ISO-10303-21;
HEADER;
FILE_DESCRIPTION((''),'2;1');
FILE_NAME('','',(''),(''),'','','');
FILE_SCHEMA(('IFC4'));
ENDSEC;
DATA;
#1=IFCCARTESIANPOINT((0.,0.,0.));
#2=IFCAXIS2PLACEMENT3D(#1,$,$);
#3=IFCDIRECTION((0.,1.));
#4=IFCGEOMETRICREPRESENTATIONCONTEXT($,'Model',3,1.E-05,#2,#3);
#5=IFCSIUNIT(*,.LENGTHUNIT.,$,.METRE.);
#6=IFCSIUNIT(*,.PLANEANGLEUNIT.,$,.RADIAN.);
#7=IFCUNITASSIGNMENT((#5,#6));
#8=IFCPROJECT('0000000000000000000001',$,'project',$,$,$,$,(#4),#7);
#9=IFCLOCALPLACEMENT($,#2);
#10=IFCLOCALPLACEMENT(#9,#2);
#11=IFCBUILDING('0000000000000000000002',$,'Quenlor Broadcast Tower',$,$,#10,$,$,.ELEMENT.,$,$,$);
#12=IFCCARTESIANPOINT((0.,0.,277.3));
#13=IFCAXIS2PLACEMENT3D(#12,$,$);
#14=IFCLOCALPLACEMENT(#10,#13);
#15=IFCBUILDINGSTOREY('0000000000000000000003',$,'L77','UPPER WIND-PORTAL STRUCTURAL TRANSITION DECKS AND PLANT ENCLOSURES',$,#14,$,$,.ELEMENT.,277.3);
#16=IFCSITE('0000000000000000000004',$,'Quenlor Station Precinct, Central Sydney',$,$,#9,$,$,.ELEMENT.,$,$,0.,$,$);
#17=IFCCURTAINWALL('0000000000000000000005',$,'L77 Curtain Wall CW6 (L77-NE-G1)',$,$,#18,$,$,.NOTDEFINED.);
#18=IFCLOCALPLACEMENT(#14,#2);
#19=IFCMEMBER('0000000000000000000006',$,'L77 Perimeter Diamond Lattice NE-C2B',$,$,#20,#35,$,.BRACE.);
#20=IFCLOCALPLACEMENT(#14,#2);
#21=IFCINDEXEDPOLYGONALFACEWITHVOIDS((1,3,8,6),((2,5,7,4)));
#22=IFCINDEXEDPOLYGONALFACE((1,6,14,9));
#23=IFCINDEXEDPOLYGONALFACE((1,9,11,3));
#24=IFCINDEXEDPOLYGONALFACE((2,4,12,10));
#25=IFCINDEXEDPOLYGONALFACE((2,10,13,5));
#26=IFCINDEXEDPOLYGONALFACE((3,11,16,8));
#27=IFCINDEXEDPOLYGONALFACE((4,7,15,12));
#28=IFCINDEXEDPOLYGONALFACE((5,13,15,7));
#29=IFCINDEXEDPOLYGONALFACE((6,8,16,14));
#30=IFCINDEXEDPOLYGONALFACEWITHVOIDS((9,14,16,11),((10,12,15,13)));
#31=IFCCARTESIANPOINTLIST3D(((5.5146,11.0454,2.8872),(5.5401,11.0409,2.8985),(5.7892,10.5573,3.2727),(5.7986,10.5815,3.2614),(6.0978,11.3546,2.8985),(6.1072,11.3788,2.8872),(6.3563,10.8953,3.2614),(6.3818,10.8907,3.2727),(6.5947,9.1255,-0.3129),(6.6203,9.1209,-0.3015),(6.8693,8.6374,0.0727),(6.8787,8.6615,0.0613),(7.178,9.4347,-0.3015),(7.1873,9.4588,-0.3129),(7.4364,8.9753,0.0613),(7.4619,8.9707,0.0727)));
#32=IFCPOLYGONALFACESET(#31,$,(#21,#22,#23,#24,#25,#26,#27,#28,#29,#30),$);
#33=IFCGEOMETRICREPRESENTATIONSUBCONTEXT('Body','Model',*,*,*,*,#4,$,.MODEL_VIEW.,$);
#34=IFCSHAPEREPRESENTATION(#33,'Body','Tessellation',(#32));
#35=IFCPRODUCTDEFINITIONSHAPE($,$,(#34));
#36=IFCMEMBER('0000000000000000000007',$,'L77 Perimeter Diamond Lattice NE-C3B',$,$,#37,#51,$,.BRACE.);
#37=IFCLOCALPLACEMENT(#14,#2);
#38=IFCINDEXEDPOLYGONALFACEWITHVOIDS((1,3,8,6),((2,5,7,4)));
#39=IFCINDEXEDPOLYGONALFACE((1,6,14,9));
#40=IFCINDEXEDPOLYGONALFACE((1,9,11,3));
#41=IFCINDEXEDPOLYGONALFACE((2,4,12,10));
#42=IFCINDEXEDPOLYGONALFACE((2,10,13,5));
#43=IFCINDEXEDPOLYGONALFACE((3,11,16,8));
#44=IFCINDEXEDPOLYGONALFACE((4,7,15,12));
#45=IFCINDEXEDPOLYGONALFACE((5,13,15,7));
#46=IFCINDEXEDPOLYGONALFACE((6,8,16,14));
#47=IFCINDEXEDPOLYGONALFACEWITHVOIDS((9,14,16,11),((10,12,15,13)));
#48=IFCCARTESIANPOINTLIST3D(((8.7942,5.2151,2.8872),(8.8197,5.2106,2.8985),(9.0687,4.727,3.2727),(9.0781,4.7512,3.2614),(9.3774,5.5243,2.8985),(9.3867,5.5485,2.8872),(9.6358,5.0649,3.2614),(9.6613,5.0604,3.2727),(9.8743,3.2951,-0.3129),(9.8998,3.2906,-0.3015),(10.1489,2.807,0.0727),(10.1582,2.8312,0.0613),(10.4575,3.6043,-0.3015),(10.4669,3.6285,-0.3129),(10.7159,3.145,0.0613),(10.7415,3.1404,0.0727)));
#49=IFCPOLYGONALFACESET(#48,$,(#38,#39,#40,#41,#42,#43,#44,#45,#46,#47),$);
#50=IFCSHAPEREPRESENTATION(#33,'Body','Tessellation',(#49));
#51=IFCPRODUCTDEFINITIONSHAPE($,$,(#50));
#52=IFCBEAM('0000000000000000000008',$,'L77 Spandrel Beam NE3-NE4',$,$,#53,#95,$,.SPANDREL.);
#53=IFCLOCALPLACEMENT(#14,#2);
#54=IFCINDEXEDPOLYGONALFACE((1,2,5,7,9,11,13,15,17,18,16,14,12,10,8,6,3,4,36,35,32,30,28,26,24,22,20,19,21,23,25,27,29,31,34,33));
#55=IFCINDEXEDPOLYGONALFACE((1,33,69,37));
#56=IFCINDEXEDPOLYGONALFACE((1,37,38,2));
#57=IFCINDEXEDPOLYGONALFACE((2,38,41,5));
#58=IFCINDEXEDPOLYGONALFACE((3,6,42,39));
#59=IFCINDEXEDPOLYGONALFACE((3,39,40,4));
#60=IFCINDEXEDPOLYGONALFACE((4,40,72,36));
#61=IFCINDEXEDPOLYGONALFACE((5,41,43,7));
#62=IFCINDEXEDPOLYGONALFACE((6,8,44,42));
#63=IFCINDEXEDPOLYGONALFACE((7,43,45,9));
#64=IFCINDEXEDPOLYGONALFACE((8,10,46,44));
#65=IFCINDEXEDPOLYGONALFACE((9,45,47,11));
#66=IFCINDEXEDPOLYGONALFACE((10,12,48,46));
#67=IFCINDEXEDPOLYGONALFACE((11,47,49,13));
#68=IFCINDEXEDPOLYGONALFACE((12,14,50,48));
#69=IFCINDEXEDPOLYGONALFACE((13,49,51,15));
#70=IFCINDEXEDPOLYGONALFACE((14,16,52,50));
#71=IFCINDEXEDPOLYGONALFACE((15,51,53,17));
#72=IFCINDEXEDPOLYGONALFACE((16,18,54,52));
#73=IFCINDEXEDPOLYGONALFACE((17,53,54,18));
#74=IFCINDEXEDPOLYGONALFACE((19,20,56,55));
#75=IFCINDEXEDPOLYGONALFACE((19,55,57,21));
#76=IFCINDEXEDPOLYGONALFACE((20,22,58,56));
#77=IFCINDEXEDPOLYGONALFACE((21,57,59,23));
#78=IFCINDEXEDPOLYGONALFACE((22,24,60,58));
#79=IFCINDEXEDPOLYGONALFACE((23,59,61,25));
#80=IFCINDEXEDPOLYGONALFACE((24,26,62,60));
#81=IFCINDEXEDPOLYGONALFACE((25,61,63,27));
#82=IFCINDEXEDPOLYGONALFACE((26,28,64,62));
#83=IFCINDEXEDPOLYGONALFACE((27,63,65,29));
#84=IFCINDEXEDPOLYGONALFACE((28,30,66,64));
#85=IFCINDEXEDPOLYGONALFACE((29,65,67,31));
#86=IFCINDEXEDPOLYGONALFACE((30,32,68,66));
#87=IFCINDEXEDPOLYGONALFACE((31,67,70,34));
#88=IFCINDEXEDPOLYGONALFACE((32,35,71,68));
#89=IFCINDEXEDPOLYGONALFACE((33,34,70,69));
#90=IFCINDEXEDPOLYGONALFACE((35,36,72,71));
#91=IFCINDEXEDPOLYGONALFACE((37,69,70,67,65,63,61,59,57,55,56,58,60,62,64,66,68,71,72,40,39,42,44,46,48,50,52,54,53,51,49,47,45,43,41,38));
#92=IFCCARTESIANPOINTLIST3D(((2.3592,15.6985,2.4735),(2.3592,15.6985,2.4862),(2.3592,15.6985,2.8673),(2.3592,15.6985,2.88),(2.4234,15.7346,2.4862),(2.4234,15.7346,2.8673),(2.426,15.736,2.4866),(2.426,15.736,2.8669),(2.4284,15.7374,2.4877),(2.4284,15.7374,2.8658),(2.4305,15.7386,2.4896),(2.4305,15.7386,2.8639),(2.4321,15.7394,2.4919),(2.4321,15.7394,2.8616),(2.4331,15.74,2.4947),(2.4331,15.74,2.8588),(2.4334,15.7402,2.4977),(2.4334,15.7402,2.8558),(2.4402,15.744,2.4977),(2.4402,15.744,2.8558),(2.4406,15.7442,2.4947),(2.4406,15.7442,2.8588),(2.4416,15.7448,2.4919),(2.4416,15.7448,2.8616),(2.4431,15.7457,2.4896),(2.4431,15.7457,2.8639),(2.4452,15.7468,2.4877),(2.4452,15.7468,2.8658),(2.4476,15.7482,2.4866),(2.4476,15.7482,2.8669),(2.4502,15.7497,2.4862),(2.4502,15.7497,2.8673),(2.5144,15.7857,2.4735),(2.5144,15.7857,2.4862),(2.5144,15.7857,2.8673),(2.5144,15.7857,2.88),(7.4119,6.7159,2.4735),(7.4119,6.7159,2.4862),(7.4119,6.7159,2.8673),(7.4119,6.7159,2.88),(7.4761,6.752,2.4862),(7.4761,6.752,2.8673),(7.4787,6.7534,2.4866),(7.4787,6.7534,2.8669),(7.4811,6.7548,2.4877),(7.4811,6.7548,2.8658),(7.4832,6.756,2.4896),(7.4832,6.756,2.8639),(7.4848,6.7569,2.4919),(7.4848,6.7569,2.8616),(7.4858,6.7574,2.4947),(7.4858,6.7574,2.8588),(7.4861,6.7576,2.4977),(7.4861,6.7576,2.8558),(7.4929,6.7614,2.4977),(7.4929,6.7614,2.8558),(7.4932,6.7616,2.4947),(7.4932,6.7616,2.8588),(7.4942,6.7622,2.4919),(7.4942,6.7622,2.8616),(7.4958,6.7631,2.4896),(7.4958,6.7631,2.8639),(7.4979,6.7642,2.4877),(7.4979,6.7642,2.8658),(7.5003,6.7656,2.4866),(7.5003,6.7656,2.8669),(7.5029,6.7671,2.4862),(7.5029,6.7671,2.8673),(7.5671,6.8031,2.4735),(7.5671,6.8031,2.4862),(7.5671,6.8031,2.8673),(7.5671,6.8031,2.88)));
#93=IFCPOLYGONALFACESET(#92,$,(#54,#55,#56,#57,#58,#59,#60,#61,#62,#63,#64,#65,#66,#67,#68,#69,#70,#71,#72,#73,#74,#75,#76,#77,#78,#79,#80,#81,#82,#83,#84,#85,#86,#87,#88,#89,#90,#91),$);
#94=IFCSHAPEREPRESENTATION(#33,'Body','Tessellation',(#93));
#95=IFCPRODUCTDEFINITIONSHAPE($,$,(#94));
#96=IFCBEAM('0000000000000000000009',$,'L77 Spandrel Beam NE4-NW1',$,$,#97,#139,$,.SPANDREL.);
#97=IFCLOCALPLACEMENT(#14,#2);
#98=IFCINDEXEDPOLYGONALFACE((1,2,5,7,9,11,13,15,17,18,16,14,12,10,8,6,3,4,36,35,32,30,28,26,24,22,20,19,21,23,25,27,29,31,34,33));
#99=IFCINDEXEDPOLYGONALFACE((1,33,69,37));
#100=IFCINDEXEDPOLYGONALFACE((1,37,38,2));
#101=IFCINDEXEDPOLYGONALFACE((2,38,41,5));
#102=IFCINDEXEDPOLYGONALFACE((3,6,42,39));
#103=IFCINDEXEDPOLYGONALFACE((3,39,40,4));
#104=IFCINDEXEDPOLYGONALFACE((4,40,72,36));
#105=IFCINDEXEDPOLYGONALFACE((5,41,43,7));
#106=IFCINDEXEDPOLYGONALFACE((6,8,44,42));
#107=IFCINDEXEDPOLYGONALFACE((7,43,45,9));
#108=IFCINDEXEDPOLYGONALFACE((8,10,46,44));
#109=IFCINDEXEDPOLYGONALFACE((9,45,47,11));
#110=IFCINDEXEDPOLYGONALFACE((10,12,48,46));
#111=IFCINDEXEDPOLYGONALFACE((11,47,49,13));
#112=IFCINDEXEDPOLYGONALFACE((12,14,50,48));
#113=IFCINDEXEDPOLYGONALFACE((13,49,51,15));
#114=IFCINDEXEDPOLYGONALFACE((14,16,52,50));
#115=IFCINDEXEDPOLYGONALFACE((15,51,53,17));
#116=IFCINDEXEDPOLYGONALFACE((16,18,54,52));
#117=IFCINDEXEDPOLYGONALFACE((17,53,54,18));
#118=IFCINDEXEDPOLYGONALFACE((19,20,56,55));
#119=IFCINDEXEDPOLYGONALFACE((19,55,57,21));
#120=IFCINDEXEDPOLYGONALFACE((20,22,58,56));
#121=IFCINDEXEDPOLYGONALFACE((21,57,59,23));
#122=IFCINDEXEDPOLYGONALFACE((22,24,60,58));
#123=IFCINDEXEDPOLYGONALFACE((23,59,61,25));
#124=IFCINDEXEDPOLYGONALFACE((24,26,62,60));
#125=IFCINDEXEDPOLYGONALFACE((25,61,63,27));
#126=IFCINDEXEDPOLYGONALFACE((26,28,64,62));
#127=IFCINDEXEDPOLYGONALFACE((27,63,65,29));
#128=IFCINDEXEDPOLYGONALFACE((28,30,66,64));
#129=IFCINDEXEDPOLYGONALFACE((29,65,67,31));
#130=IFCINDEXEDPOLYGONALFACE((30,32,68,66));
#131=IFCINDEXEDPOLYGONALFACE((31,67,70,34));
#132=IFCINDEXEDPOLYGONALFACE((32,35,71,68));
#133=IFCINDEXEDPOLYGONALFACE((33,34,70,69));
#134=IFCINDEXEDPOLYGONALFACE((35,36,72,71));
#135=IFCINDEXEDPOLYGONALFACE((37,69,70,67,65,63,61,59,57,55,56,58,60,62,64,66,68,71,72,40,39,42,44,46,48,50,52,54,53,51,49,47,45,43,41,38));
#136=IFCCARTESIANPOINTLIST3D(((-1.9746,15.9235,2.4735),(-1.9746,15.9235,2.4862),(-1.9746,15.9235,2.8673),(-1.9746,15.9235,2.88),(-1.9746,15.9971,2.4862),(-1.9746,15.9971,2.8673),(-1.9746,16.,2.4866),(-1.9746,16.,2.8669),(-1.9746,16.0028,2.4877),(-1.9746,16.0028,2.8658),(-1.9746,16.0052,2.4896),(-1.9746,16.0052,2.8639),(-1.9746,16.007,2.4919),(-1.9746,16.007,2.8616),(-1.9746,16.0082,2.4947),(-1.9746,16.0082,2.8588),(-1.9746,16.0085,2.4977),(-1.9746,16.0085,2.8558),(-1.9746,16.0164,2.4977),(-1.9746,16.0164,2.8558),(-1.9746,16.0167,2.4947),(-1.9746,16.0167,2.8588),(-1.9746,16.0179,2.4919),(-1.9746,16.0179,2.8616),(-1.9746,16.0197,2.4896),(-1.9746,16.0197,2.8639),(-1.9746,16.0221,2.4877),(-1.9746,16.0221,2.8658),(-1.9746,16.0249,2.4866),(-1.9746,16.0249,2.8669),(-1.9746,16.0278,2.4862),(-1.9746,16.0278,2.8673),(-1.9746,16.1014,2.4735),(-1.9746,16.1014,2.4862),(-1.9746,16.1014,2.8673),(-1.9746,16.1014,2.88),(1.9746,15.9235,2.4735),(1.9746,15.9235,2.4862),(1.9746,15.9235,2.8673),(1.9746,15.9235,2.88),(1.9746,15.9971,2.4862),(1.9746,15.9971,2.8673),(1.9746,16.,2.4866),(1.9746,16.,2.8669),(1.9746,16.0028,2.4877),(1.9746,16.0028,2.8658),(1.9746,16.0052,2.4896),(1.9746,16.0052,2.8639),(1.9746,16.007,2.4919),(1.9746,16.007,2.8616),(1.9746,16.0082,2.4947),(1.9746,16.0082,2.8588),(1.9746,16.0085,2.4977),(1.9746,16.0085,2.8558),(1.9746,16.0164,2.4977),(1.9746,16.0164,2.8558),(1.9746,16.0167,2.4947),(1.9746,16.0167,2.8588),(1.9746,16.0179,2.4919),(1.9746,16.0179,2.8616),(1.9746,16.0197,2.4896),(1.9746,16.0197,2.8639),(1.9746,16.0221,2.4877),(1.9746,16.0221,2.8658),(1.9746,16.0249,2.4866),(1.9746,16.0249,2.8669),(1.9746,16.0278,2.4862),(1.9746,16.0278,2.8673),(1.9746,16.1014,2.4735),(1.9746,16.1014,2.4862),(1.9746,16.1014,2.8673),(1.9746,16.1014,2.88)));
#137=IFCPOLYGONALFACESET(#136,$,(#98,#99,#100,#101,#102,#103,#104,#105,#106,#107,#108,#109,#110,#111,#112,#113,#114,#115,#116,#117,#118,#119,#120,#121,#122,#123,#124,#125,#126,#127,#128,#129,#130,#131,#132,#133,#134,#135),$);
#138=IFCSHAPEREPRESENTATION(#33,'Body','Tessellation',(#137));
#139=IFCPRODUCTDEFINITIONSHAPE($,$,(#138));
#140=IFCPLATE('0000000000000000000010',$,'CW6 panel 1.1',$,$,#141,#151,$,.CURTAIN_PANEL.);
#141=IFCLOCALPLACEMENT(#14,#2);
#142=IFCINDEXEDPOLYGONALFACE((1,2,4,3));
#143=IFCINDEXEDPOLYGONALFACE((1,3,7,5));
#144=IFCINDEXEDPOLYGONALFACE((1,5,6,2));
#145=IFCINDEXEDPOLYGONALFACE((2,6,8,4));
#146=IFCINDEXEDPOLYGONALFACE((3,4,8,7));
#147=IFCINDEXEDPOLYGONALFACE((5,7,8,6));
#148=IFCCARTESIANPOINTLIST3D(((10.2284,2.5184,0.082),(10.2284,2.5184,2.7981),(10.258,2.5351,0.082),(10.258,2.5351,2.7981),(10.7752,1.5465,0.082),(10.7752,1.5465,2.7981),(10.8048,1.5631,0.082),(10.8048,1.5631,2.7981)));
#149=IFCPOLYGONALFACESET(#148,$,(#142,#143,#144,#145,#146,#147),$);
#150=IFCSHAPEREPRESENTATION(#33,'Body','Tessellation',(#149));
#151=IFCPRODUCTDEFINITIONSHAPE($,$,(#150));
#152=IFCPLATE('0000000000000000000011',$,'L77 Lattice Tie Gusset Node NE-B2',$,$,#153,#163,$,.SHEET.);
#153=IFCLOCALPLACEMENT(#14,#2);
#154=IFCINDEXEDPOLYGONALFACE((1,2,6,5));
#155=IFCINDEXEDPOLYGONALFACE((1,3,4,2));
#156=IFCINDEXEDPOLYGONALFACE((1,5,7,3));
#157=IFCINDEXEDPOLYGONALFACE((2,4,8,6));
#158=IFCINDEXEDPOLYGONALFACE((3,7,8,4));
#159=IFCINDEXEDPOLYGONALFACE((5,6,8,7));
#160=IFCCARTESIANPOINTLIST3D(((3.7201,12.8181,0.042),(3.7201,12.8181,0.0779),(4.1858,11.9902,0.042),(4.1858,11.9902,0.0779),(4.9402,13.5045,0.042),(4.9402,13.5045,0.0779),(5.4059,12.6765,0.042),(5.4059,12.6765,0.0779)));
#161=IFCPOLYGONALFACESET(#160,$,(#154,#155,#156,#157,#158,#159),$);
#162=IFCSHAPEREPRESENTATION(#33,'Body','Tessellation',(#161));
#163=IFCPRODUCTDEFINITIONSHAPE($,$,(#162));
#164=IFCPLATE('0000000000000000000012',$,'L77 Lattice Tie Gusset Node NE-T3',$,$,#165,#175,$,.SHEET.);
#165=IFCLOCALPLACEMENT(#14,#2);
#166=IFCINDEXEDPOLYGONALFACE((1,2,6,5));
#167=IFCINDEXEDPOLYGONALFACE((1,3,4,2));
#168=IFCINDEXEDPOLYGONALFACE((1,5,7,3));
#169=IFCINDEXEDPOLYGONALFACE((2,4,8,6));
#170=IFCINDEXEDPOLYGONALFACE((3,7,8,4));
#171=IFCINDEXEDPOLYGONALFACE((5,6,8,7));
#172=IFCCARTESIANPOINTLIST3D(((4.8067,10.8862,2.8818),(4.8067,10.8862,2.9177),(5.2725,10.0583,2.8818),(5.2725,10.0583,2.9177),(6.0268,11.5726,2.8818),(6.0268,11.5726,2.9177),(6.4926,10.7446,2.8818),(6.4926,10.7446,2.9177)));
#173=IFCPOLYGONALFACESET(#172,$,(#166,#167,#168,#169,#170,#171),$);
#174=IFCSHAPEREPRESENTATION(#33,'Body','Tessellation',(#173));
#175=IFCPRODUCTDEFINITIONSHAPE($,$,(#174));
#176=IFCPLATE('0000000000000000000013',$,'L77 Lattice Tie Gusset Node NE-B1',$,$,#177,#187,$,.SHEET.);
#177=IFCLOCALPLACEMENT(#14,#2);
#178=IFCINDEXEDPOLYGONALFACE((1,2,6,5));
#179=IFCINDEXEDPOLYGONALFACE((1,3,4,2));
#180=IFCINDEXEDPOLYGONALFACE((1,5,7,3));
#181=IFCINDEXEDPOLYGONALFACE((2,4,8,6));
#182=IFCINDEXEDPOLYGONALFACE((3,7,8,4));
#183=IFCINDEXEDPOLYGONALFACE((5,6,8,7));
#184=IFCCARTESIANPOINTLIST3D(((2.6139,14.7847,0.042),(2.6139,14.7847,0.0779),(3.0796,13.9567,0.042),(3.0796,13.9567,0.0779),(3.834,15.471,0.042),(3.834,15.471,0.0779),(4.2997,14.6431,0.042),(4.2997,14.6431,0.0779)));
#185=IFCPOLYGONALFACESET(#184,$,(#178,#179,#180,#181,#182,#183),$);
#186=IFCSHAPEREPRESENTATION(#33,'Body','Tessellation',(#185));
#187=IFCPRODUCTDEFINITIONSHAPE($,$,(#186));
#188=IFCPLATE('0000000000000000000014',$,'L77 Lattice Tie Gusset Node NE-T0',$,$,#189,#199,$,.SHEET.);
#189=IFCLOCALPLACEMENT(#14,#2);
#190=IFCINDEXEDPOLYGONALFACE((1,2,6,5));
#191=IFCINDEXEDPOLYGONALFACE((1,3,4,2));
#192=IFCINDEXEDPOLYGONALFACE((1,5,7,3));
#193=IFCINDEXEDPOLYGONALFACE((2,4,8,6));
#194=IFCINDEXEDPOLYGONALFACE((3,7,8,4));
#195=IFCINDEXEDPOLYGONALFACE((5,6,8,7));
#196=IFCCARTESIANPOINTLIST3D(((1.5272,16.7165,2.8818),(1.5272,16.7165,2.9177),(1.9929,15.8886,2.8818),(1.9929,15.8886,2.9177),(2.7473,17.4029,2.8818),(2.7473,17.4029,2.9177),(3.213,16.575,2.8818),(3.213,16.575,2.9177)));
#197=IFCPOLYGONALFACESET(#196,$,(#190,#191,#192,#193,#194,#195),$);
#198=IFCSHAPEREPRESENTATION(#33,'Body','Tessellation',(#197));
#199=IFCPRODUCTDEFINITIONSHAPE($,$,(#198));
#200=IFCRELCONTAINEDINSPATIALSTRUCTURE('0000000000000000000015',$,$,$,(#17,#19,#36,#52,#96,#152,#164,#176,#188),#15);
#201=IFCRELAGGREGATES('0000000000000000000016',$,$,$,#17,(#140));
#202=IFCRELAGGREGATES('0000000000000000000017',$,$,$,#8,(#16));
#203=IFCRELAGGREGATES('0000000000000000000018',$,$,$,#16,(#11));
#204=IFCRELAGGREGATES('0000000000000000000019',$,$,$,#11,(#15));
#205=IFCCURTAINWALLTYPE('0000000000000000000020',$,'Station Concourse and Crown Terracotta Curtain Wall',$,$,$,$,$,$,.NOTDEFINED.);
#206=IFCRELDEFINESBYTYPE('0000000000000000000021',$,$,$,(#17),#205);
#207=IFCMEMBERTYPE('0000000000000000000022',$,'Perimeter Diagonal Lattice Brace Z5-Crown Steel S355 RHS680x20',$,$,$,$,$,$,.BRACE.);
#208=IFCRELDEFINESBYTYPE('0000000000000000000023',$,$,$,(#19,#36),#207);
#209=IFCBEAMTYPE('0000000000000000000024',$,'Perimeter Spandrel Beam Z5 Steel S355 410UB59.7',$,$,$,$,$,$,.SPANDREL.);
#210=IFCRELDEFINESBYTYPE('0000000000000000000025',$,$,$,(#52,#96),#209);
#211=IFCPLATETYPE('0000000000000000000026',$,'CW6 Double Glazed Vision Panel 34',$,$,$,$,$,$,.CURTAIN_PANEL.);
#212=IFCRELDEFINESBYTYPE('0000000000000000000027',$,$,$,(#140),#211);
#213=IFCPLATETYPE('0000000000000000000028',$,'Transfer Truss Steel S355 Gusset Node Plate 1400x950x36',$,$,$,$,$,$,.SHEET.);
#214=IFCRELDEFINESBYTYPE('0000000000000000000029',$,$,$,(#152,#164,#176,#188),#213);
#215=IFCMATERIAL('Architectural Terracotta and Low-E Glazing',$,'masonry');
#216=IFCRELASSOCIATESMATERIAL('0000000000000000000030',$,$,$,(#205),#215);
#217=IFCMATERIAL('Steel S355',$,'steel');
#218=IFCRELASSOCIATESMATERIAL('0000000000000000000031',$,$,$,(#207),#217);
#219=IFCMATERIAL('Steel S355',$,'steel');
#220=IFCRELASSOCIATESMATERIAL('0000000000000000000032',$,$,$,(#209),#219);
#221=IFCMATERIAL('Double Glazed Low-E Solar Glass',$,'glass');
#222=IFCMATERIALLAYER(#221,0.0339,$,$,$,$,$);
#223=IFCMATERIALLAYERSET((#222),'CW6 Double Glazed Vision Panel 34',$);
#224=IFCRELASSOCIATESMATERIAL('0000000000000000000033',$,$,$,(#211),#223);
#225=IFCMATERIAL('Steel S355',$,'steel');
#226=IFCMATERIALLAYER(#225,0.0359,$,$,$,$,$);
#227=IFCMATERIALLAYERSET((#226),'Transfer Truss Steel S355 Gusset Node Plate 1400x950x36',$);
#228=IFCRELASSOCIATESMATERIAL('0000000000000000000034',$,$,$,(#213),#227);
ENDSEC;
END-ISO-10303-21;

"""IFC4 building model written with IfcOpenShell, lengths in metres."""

from ifc_helpers import new_model, si_unit, direction, frame, origin, origin_2d, place, context, subcontext, project, spatial, rectangle, hollow_rectangle, i_section, extrude, material, layer, layer_set, material_profile, profile_set, type_object, element, aggregate, save


model = new_model("IFC4")

# Units and contexts
model_context = context("Model", 3, precision=1e-05, world=origin(), true_north=direction((0.0, 1.0)))
body_context = subcontext(model_context, "Body", "Model", "MODEL_VIEW")
ifc_project = project(units=[si_unit("LENGTHUNIT", "METRE"), si_unit("PLANEANGLEUNIT", "RADIAN")], contexts=[model_context])

# Site, building, storey
site_placement = place(None, origin())
site = spatial("IfcSite", under=ifc_project, at=site_placement, Name="Quenlor Station Precinct, Central Sydney", CompositionType="ELEMENT", RefElevation=0.0)
building_placement = place(site_placement, origin())
building = spatial("IfcBuilding", under=site, at=building_placement, Name="Quenlor Broadcast Tower", CompositionType="ELEMENT")
storey_placement = place(building_placement, frame((0.0, 0.0, 277.3)))
storey = spatial("IfcBuildingStorey", under=building, at=storey_placement, Name="L77", Description="UPPER WIND-PORTAL STRUCTURAL TRANSITION DECKS AND PLANT ENCLOSURES", CompositionType="ELEMENT", Elevation=277.3)

# Curtain wall
ifc_material_1 = material(Name="Architectural Terracotta and Low-E Glazing", Category="masonry")
curtain_wall_type = type_object("IfcCurtainWallType", Name="Station Concourse and Crown Terracotta Curtain Wall", PredefinedType="NOTDEFINED", material=ifc_material_1)
curtain_wall_placement = place(storey_placement, origin())
curtain_wall = element("IfcCurtainWall", 1, at=curtain_wall_placement, inside=storey, type_object=curtain_wall_type, Name="L77 Curtain Wall CW6 (L77-NE-G1)", PredefinedType="NOTDEFINED")

# Members
ifc_material_2 = material(Name="Steel S355", Category="steel")
ifc_material_profile_1 = material_profile(ifc_material_2, hollow_rectangle(XDim=0.6799, YDim=0.6799, WallThickness=0.02, at=origin_2d()))
ifc_profile_set_1 = profile_set([ifc_material_profile_1], Name="Steel S355 RHS680x680x20")
member_type_1 = type_object("IfcMemberType", Name="Perimeter Diagonal Lattice Brace Z5-Crown Steel S355 RHS680x20", PredefinedType="BRACE", material=ifc_profile_set_1)
for number, where, z_axis, x_axis, name in (
    (2, (7.0283, 9.0481, -0.1201), (-0.27802, 0.494203, 0.823692), (-0.871552, -0.490303, 0.0), "L77 Perimeter Diamond Lattice NE-C2B"),
    (3, (10.3079, 3.2178, -0.1201), (-0.27802, 0.494203, 0.823692), (-0.871552, -0.490303, 0.0), "L77 Perimeter Diamond Lattice NE-C3B"),
):
    element("IfcMember", number, at=place(storey_placement, frame(where, z_axis=z_axis, x_axis=x_axis)), inside=storey, type_object=member_type_1, Name=name, PredefinedType="BRACE", context=body_context, shape_type="SweptSolid", body=[
        extrude(hollow_rectangle(XDim=0.6799, YDim=0.6799, WallThickness=0.02, at=origin_2d()), origin(), (0.0, 0.0, 1.0), 3.885),
    ])

# Beams
ifc_material_3 = material(Name="Steel S355", Category="steel")
ifc_material_profile_2 = material_profile(ifc_material_3, i_section(OverallWidth=0.178, OverallDepth=0.4065, WebThickness=0.0078, FlangeThickness=0.0127, FilletRadius=0.0115, at=origin_2d()))
ifc_profile_set_2 = profile_set([ifc_material_profile_2], Name="Steel S355 410UB59.7")
beam_type_1 = type_object("IfcBeamType", Name="Perimeter Spandrel Beam Z5 Steel S355 410UB59.7", PredefinedType="SPANDREL", material=ifc_profile_set_2)
beam_1_placement = place(storey_placement, frame((7.4895, 6.7595, 2.6768), z_axis=(-0.49026, 0.871576, 0.0), x_axis=(-0.871576, -0.49026, 0.0)))
element("IfcBeam", 4, at=beam_1_placement, inside=storey, type_object=beam_type_1, Name="L77 Spandrel Beam NE3-NE4", PredefinedType="SPANDREL", context=body_context, shape_type="SweptSolid", body=[
    extrude(i_section(OverallWidth=0.178, OverallDepth=0.4065, WebThickness=0.0078, FlangeThickness=0.0127, FilletRadius=0.0115, at=origin_2d()), origin(), (0.0, 0.0, 1.0), 10.3062),
])
beam_2_placement = place(storey_placement, frame((1.9746, 16.0125, 2.6768), z_axis=(-1.0, 0.0, 0.0), x_axis=(0.0, -1.0, 0.0)))
element("IfcBeam", 5, at=beam_2_placement, inside=storey, type_object=beam_type_1, Name="L77 Spandrel Beam NE4-NW1", PredefinedType="SPANDREL", context=body_context, shape_type="SweptSolid", body=[
    extrude(i_section(OverallWidth=0.178, OverallDepth=0.4065, WebThickness=0.0078, FlangeThickness=0.0127, FilletRadius=0.0115, at=origin_2d()), origin(), (0.0, 0.0, 1.0), 3.9492),
])

# Plate
ifc_material_4 = material(Name="Double Glazed Low-E Solar Glass", Category="glass")
ifc_layer_1 = layer(ifc_material_4, 0.0339)
ifc_layer_set_1 = layer_set([ifc_layer_1], Name="CW6 Double Glazed Vision Panel 34")
plate_type_1 = type_object("IfcPlateType", Name="CW6 Double Glazed Vision Panel 34", PredefinedType="CURTAIN_PANEL", material=ifc_layer_set_1)
plate_placement = place(storey_placement, frame((10.5166, 2.0408, 0.082), z_axis=(0.0, 0.0, 1.0), x_axis=(0.490302, -0.871553, 0.0)))
plate = element("IfcPlate", 6, at=plate_placement, type_object=plate_type_1, Name="CW6 panel 1.1", PredefinedType="CURTAIN_PANEL", context=body_context, shape_type="SweptSolid", body=[
    extrude(rectangle(XDim=1.1152, YDim=0.0339, at=origin_2d()), origin(), (0.0, 0.0, 1.0), 2.7161),
])
aggregate(curtain_wall, [plate])

# Plates
ifc_material_5 = material(Name="Steel S355", Category="steel")
ifc_layer_2 = layer(ifc_material_5, 0.0359)
ifc_layer_set_2 = layer_set([ifc_layer_2], Name="Transfer Truss Steel S355 Gusset Node Plate 1400x950x36")
plate_type_2 = type_object("IfcPlateType", Name="Transfer Truss Steel S355 Gusset Node Plate 1400x950x36", PredefinedType="SHEET", material=ifc_layer_set_2)
for number, where, z_axis, x_axis, name in (
    (7, (4.563, 12.7473, 0.042), (0.0, 0.0, 1.0), (0.871556, 0.490295, 0.0), "L77 Lattice Tie Gusset Node NE-B2"),
    (8, (5.6497, 10.8154, 2.8818), (0.0, 0.0, 1.0), (0.871556, 0.490295, 0.0), "L77 Lattice Tie Gusset Node NE-T3"),
    (9, (3.4568, 14.7139, 0.042), (0.0, 0.0, 1.0), (0.871556, 0.490295, 0.0), "L77 Lattice Tie Gusset Node NE-B1"),
    (10, (2.3701, 16.6458, 2.8818), (0.0, 0.0, 1.0), (0.871556, 0.490295, 0.0), "L77 Lattice Tie Gusset Node NE-T0"),
):
    element("IfcPlate", number, at=place(storey_placement, frame(where, z_axis=z_axis, x_axis=x_axis)), inside=storey, type_object=plate_type_2, Name=name, PredefinedType="SHEET", context=body_context, shape_type="SweptSolid", body=[
        extrude(rectangle(XDim=1.3999, YDim=0.95, at=origin_2d()), origin(), (0.0, 0.0, 1.0), 0.0359),
    ])

save(model, "model.ifc")
